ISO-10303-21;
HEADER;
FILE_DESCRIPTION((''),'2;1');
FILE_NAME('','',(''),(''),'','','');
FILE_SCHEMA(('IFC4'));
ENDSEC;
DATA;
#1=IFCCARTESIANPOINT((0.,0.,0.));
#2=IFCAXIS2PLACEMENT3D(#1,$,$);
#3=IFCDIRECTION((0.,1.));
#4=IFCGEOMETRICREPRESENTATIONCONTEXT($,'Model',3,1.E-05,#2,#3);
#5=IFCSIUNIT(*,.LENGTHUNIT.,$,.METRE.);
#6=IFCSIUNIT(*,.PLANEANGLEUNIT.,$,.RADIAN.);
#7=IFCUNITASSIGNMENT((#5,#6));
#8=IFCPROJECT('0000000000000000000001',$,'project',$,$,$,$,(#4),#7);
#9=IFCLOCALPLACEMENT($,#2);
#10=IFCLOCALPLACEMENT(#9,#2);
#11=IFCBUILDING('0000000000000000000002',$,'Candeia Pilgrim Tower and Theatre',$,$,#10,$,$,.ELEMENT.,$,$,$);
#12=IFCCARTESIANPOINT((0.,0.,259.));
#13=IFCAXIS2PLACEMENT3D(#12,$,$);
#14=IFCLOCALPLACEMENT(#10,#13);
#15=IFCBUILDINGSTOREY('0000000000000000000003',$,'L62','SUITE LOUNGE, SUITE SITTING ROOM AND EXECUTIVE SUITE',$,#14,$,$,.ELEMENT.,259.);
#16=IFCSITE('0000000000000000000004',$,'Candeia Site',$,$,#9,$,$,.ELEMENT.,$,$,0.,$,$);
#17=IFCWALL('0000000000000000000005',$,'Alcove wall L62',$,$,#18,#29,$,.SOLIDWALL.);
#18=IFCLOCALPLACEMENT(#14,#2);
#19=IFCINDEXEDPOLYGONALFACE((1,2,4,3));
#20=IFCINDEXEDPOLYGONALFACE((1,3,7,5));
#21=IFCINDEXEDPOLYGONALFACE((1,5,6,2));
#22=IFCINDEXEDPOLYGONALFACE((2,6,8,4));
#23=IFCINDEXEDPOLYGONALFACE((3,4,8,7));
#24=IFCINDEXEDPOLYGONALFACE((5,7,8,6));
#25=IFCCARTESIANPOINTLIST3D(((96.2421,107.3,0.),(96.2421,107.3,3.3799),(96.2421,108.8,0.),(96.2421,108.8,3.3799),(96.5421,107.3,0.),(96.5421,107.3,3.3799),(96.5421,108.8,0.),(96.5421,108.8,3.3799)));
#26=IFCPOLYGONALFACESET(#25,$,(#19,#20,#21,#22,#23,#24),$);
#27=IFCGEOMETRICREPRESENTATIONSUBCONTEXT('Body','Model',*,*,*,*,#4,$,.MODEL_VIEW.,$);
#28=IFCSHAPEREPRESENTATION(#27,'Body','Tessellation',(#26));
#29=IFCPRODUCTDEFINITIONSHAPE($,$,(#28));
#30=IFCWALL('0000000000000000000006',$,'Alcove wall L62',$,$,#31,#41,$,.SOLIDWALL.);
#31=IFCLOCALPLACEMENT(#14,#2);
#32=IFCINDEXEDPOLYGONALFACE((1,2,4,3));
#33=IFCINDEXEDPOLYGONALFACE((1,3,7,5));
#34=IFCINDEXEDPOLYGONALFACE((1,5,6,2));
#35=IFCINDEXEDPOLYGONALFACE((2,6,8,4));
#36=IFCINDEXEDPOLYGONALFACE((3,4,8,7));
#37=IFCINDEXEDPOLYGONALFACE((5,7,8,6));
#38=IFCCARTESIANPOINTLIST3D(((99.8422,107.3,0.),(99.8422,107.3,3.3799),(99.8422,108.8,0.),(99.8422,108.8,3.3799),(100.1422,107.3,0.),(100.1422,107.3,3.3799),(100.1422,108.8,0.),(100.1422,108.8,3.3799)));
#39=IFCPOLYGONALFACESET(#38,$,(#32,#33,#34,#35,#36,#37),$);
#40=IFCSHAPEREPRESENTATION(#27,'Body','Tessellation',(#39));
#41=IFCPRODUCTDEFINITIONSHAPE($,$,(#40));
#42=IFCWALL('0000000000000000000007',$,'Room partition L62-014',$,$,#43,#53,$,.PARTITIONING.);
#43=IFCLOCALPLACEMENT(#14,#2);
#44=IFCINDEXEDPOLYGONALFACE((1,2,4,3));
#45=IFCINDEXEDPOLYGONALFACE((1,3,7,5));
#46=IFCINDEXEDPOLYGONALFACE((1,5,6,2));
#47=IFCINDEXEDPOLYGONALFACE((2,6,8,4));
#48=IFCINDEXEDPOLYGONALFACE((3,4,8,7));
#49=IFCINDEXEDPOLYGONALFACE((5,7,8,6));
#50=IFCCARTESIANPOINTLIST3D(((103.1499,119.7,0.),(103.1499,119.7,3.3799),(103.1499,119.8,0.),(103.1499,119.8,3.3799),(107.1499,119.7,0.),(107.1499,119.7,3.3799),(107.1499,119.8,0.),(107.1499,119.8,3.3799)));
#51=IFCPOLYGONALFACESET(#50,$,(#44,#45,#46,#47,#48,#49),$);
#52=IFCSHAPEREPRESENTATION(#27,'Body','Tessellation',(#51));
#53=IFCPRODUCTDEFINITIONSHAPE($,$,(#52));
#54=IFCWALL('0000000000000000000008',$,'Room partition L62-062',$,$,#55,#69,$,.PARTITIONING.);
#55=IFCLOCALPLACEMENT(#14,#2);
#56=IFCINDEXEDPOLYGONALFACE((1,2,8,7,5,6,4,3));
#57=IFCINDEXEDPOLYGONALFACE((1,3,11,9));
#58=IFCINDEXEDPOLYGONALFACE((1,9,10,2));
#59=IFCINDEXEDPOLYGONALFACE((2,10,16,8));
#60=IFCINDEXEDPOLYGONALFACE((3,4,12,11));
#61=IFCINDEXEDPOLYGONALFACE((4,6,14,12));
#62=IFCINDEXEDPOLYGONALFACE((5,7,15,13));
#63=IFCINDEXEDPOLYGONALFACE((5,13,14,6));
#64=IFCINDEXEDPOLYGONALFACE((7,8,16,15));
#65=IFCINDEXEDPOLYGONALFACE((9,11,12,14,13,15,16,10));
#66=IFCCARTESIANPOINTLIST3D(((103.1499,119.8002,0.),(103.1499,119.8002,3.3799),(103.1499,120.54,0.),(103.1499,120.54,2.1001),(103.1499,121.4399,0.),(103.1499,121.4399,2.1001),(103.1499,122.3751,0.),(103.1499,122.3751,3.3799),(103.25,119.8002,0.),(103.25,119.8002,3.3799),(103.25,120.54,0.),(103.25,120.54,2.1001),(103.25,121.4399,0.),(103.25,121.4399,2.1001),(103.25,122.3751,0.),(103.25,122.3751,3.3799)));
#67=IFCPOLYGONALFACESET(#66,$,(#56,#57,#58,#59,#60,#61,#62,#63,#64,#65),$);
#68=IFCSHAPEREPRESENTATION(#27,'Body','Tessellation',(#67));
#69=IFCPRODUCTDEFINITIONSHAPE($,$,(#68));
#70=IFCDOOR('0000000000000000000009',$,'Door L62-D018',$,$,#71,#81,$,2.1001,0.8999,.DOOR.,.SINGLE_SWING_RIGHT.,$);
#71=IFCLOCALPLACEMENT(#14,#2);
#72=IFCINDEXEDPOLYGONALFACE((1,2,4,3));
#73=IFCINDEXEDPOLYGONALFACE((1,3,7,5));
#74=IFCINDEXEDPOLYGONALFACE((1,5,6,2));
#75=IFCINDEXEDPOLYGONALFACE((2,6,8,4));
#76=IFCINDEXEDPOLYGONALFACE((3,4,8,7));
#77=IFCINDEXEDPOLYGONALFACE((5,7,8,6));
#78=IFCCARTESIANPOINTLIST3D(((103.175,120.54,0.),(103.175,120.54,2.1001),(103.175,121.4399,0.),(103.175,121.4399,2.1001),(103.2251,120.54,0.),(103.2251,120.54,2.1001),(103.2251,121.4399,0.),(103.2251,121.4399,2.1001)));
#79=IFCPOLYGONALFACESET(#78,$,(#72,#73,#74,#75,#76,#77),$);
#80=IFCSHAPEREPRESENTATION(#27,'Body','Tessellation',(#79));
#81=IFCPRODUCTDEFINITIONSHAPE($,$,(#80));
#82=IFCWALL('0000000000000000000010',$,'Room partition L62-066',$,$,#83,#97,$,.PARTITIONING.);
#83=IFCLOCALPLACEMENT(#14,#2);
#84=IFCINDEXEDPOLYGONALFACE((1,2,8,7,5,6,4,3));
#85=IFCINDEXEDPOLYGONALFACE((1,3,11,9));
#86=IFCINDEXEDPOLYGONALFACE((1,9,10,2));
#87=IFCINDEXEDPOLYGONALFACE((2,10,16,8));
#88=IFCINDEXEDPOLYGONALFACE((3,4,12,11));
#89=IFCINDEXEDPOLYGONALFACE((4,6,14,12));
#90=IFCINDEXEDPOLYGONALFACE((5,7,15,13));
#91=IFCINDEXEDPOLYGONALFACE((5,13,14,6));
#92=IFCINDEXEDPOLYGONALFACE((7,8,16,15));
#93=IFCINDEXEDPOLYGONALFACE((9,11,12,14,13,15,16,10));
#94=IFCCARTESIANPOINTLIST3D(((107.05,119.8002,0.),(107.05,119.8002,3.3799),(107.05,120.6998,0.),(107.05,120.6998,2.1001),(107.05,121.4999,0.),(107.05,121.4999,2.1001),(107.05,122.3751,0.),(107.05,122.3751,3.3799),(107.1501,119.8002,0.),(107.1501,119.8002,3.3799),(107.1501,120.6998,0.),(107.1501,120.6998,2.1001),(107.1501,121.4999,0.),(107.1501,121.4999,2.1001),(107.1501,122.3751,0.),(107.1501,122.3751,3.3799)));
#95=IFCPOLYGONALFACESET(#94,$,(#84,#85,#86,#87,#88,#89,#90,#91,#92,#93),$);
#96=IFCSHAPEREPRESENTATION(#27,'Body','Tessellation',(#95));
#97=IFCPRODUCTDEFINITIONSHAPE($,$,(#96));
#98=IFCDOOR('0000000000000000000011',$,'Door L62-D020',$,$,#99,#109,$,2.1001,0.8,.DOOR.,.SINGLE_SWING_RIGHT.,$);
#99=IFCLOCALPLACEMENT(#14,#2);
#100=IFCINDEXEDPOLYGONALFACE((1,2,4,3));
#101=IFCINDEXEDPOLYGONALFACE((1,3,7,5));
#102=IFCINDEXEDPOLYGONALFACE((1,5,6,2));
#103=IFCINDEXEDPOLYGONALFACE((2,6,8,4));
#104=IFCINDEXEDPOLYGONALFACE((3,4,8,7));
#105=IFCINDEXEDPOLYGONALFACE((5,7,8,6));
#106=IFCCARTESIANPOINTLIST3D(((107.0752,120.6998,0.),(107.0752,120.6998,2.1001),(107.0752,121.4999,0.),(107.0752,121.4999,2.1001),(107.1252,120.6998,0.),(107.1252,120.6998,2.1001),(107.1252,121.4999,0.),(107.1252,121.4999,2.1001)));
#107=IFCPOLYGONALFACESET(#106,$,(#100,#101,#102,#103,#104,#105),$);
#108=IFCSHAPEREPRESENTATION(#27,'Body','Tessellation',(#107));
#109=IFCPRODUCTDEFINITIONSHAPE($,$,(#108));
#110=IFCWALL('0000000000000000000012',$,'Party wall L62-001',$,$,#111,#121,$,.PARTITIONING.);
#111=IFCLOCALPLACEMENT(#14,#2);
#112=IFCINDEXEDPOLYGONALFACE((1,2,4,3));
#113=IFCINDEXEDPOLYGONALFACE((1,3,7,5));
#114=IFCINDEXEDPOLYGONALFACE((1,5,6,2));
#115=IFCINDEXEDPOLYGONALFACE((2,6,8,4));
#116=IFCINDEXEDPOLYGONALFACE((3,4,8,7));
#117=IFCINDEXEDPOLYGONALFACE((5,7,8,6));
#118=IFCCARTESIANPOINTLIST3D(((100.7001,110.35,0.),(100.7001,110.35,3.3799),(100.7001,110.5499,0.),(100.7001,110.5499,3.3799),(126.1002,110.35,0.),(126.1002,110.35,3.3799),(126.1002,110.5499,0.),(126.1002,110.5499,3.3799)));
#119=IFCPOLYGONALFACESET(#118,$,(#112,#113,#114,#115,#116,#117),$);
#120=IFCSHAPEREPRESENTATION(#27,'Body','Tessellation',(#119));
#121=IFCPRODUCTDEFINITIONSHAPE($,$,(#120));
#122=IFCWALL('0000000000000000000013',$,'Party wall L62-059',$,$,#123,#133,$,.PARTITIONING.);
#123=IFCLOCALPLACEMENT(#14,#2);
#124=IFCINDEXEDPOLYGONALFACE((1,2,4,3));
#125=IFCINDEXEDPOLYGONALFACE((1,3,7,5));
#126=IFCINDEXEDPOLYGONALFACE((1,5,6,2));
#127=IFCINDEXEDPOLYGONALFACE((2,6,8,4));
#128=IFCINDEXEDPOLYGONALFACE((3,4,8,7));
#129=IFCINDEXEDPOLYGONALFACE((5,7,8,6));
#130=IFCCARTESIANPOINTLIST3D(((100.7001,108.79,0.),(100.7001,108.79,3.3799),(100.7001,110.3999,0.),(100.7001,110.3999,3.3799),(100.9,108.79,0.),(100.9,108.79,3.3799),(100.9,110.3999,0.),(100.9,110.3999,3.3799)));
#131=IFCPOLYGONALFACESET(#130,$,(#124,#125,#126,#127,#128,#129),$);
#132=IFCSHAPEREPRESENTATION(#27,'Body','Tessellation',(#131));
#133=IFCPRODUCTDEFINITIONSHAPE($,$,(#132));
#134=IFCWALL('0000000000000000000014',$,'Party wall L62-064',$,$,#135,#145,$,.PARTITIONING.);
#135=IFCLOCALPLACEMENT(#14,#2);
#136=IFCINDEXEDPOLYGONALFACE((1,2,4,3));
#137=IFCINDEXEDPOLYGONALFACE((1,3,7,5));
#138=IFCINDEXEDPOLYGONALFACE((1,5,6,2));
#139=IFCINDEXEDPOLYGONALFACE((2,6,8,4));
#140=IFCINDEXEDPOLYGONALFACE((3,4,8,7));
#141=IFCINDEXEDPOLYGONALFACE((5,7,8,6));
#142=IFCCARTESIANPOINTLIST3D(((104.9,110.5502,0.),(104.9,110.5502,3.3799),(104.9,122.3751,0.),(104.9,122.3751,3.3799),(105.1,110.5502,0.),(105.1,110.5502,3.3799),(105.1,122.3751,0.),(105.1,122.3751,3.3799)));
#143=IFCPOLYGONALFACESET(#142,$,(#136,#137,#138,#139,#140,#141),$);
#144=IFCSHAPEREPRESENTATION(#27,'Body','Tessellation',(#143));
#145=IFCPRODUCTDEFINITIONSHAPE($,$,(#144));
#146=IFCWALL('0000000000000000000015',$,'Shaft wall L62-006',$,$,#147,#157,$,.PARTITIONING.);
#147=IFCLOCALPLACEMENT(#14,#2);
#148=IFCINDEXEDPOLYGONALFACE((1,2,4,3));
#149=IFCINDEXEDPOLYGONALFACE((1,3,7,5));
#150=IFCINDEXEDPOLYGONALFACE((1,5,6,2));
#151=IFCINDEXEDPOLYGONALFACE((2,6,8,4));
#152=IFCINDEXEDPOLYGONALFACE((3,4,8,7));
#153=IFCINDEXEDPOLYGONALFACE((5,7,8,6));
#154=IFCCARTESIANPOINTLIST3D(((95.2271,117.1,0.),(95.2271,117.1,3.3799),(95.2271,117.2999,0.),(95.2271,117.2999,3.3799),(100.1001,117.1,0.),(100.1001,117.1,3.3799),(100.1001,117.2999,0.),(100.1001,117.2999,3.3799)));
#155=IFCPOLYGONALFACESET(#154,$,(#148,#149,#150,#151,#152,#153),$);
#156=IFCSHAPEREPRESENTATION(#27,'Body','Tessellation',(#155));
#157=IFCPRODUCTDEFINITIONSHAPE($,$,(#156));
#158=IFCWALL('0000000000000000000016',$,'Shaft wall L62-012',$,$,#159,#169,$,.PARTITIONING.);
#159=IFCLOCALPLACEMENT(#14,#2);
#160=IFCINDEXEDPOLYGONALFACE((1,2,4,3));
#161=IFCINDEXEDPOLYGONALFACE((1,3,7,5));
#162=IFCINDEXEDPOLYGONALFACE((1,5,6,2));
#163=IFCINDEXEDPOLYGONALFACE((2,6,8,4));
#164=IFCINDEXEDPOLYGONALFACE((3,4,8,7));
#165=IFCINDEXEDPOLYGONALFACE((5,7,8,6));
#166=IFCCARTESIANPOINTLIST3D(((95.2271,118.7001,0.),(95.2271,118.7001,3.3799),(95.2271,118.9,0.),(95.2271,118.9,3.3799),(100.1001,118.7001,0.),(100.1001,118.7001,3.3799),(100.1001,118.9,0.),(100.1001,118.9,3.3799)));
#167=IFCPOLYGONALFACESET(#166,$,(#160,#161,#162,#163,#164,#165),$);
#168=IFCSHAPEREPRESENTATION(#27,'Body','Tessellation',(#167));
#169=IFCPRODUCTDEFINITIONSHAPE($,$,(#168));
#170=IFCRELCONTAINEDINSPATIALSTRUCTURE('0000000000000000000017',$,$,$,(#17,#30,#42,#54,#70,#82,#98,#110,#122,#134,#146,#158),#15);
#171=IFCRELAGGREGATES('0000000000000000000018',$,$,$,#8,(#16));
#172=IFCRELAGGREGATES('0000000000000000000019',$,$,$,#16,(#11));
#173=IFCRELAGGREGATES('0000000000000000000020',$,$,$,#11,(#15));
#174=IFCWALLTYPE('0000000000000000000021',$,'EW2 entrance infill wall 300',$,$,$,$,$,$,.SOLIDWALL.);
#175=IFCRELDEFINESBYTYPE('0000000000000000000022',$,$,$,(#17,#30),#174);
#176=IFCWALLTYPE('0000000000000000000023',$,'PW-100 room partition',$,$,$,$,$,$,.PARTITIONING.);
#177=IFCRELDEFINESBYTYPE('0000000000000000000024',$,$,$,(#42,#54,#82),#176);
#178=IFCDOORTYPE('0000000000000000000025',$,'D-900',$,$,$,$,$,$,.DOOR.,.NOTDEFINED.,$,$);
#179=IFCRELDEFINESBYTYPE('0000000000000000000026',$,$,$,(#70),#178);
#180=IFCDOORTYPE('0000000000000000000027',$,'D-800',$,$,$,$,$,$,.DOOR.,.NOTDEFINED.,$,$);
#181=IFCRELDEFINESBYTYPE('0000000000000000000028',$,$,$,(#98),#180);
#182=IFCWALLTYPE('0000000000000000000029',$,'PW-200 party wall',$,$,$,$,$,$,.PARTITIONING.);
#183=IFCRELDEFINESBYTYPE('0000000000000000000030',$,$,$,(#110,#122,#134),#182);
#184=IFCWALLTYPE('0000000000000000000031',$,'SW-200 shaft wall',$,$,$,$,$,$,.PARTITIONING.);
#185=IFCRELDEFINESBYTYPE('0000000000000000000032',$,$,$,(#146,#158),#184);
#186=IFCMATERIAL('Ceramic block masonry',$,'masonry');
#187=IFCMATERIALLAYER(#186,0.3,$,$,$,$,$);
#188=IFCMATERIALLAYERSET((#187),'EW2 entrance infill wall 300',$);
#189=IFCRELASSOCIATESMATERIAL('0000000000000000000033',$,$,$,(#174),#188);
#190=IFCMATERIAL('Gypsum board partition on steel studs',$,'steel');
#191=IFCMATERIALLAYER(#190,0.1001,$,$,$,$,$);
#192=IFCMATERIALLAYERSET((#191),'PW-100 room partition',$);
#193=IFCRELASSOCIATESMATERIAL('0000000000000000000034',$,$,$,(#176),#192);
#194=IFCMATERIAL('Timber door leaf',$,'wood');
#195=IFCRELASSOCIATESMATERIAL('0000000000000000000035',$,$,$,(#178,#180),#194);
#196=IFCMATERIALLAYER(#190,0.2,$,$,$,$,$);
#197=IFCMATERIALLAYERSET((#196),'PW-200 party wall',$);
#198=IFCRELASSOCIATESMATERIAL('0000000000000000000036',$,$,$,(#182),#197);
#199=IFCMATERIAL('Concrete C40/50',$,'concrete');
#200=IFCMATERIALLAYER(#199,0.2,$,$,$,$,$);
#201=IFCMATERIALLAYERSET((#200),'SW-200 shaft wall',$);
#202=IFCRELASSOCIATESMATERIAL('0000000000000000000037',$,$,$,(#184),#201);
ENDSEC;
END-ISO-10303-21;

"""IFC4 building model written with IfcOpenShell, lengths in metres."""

from ifc_helpers import new_model, si_unit, direction, frame, frame_2d, origin, place, context, subcontext, project, spatial, rectangle, extrude, material, layer, layer_set, type_object, element, fill, save


model = new_model("IFC4")

# Units and contexts
model_context = context("Model", 3, precision=1e-05, world=origin(), true_north=direction((0.0, 1.0)))
body_context = subcontext(model_context, "Body", "Model", "MODEL_VIEW")
ifc_project = project(units=[si_unit("LENGTHUNIT", "METRE"), si_unit("PLANEANGLEUNIT", "RADIAN")], contexts=[model_context])

# Site, building, storey
site_placement = place(None, origin())
site = spatial("IfcSite", under=ifc_project, at=site_placement, Name="Candeia Site", CompositionType="ELEMENT", RefElevation=0.0)
building_placement = place(site_placement, origin())
building = spatial("IfcBuilding", under=site, at=building_placement, Name="Candeia Pilgrim Tower and Theatre", CompositionType="ELEMENT")
storey_placement = place(building_placement, frame((0.0, 0.0, 259.0)))
storey = spatial("IfcBuildingStorey", under=building, at=storey_placement, Name="L62", Description="SUITE LOUNGE, SUITE SITTING ROOM AND EXECUTIVE SUITE", CompositionType="ELEMENT", Elevation=259.0)

# Shared definitions
ifc_material_1 = material(Name="Concrete C40/50", Category="concrete")

# Shared definitions
ifc_material_2 = material(Name="Ceramic block masonry", Category="masonry")

# Walls
ifc_layer_1 = layer(ifc_material_2, 0.3)
ifc_layer_set_1 = layer_set([ifc_layer_1], Name="EW2 entrance infill wall 300")
wall_type_1 = type_object("IfcWallType", Name="EW2 entrance infill wall 300", PredefinedType="SOLIDWALL", material=ifc_layer_set_1)
for number, where, z_axis, x_axis, name in (
    (1, (96.3921, 108.8, 0.0), (0.0, 0.0, 1.0), (0.0, -1.0, 0.0), "Alcove wall L62"),
    (2, (99.9922, 108.8, 0.0), (0.0, 0.0, 1.0), (0.0, -1.0, 0.0), "Alcove wall L62"),
):
    element("IfcWall", number, at=place(storey_placement, frame(where, z_axis=z_axis, x_axis=x_axis)), inside=storey, type_object=wall_type_1, Name=name, PredefinedType="SOLIDWALL", context=body_context, shape_type="SweptSolid", body=[
        extrude(rectangle(XDim=1.5, YDim=0.3, at=frame_2d((0.75, 0.0))), origin(), (0.0, 0.0, 1.0), 3.3799),
    ])
ifc_material_3 = material(Name="Gypsum board partition on steel studs", Category="steel")
ifc_layer_2 = layer(ifc_material_3, 0.1001)
ifc_layer_set_2 = layer_set([ifc_layer_2], Name="PW-100 room partition")
wall_type_2 = type_object("IfcWallType", Name="PW-100 room partition", PredefinedType="PARTITIONING", material=ifc_layer_set_2)
wall_1_placement = place(storey_placement, frame((103.1499, 119.75, 0.0), z_axis=(0.0, 0.0, 1.0), x_axis=(1.0, 0.0, 0.0)))
element("IfcWall", 3, at=wall_1_placement, inside=storey, type_object=wall_type_2, Name="Room partition L62-014", PredefinedType="PARTITIONING", context=body_context, shape_type="SweptSolid", body=[
    extrude(rectangle(XDim=4.0, YDim=0.1001, at=frame_2d((2.0, 0.0))), origin(), (0.0, 0.0, 1.0), 3.3799),
])

# Walls, openings, doors
wall_2_placement = place(storey_placement, frame((103.2, 119.8, 0.0), z_axis=(0.0, 0.0, 1.0), x_axis=(0.0, 1.0, 0.0)))
wall_2 = element("IfcWall", 4, at=wall_2_placement, inside=storey, type_object=wall_type_2, Name="Room partition L62-062", PredefinedType="PARTITIONING", context=body_context, shape_type="SweptSolid", body=[
    extrude(rectangle(XDim=2.575, YDim=0.1001, at=frame_2d((1.2876, 0.0))), origin(), (0.0, 0.0, 1.0), 3.3799),
])
opening_1_placement = place(wall_2_placement, frame((0.74, 0.0, 0.0)))
opening_1 = element("IfcOpeningElement", 5, at=opening_1_placement, cuts=wall_2, PredefinedType="OPENING", context=body_context, shape_type="SweptSolid", body=[
    extrude(rectangle(XDim=0.8999, YDim=2.1001, at=frame_2d((0.45, 1.05))), frame((0.0, 0.0601, 0.0), z_axis=(0.0, -1.0, 0.0), x_axis=(1.0, 0.0, 0.0)), (0.0, 0.0, 1.0), 0.1201),
])
ifc_material_4 = material(Name="Timber door leaf", Category="wood")
door_type_1 = type_object("IfcDoorType", Name="D-900", OperationType="NOTDEFINED", PredefinedType="DOOR", material=ifc_material_4)
door_1_placement = place(opening_1_placement, origin())
door_1 = element("IfcDoor", 6, at=door_1_placement, inside=storey, type_object=door_type_1, Name="Door L62-D018", OperationType="SINGLE_SWING_RIGHT", OverallHeight=2.1001, OverallWidth=0.8999, PredefinedType="DOOR", context=body_context, shape_type="SweptSolid", body=[
    extrude(rectangle(XDim=0.8999, YDim=2.1001, at=frame_2d((0.45, 1.05))), frame((0.0, 0.0249, 0.0), z_axis=(0.0, -1.0, 0.0), x_axis=(1.0, 0.0, 0.0)), (0.0, 0.0, 1.0), 0.05),
])
fill(opening_1, door_1)
wall_3_placement = place(storey_placement, frame((107.1001, 119.8, 0.0), z_axis=(0.0, 0.0, 1.0), x_axis=(0.0, 1.0, 0.0)))
wall_3 = element("IfcWall", 7, at=wall_3_placement, inside=storey, type_object=wall_type_2, Name="Room partition L62-066", PredefinedType="PARTITIONING", context=body_context, shape_type="SweptSolid", body=[
    extrude(rectangle(XDim=2.575, YDim=0.1001, at=frame_2d((1.2876, 0.0))), origin(), (0.0, 0.0, 1.0), 3.3799),
])
opening_2_placement = place(wall_3_placement, frame((0.8999, 0.0, 0.0)))
opening_2 = element("IfcOpeningElement", 8, at=opening_2_placement, cuts=wall_3, PredefinedType="OPENING", context=body_context, shape_type="SweptSolid", body=[
    extrude(rectangle(XDim=0.8, YDim=2.1001, at=frame_2d((0.3999, 1.05))), frame((0.0, 0.0601, 0.0), z_axis=(0.0, -1.0, 0.0), x_axis=(1.0, 0.0, 0.0)), (0.0, 0.0, 1.0), 0.1201),
])
door_type_2 = type_object("IfcDoorType", Name="D-800", OperationType="NOTDEFINED", PredefinedType="DOOR", material=ifc_material_4)
door_2_placement = place(opening_2_placement, origin())
door_2 = element("IfcDoor", 9, at=door_2_placement, inside=storey, type_object=door_type_2, Name="Door L62-D020", OperationType="SINGLE_SWING_RIGHT", OverallHeight=2.1001, OverallWidth=0.8, PredefinedType="DOOR", context=body_context, shape_type="SweptSolid", body=[
    extrude(rectangle(XDim=0.8, YDim=2.1001, at=frame_2d((0.3999, 1.05))), frame((0.0, 0.0249, 0.0), z_axis=(0.0, -1.0, 0.0), x_axis=(1.0, 0.0, 0.0)), (0.0, 0.0, 1.0), 0.05),
])
fill(opening_2, door_2)

# Walls
ifc_layer_3 = layer(ifc_material_3, 0.2)
ifc_layer_set_3 = layer_set([ifc_layer_3], Name="PW-200 party wall")
wall_type_3 = type_object("IfcWallType", Name="PW-200 party wall", PredefinedType="PARTITIONING", material=ifc_layer_set_3)
wall_4_placement = place(storey_placement, frame((100.7, 110.45, 0.0), z_axis=(0.0, 0.0, 1.0), x_axis=(1.0, 0.0, 0.0)))
element("IfcWall", 10, at=wall_4_placement, inside=storey, type_object=wall_type_3, Name="Party wall L62-001", PredefinedType="PARTITIONING", context=body_context, shape_type="SweptSolid", body=[
    extrude(rectangle(XDim=25.4001, YDim=0.2, at=frame_2d((12.7002, 0.0))), origin(), (0.0, 0.0, 1.0), 3.3799),
])
wall_5_placement = place(storey_placement, frame((100.8, 108.79, 0.0), z_axis=(0.0, 0.0, 1.0), x_axis=(0.0, 1.0, 0.0)))
element("IfcWall", 11, at=wall_5_placement, inside=storey, type_object=wall_type_3, Name="Party wall L62-059", PredefinedType="PARTITIONING", context=body_context, shape_type="SweptSolid", body=[
    extrude(rectangle(XDim=1.6099, YDim=0.2, at=frame_2d((0.8049, 0.0))), origin(), (0.0, 0.0, 1.0), 3.3799),
])
wall_6_placement = place(storey_placement, frame((105.0, 110.55, 0.0), z_axis=(0.0, 0.0, 1.0), x_axis=(0.0, 1.0, 0.0)))
element("IfcWall", 12, at=wall_6_placement, inside=storey, type_object=wall_type_3, Name="Party wall L62-064", PredefinedType="PARTITIONING", context=body_context, shape_type="SweptSolid", body=[
    extrude(rectangle(XDim=11.825, YDim=0.2, at=frame_2d((5.9126, 0.0))), origin(), (0.0, 0.0, 1.0), 3.3799),
])
ifc_layer_4 = layer(ifc_material_1, 0.2)
ifc_layer_set_4 = layer_set([ifc_layer_4], Name="SW-200 shaft wall")
wall_type_4 = type_object("IfcWallType", Name="SW-200 shaft wall", PredefinedType="PARTITIONING", material=ifc_layer_set_4)
for number, where, z_axis, x_axis, name in (
    (13, (95.2271, 117.2, 0.0), (0.0, 0.0, 1.0), (1.0, 0.0, 0.0), "Shaft wall L62-006"),
    (14, (95.2271, 118.8, 0.0), (0.0, 0.0, 1.0), (1.0, 0.0, 0.0), "Shaft wall L62-012"),
):
    element("IfcWall", number, at=place(storey_placement, frame(where, z_axis=z_axis, x_axis=x_axis)), inside=storey, type_object=wall_type_4, Name=name, PredefinedType="PARTITIONING", context=body_context, shape_type="SweptSolid", body=[
        extrude(rectangle(XDim=4.873, YDim=0.2, at=frame_2d((2.4365, 0.0))), origin(), (0.0, 0.0, 1.0), 3.3799),
    ])

save(model, "model.ifc")
